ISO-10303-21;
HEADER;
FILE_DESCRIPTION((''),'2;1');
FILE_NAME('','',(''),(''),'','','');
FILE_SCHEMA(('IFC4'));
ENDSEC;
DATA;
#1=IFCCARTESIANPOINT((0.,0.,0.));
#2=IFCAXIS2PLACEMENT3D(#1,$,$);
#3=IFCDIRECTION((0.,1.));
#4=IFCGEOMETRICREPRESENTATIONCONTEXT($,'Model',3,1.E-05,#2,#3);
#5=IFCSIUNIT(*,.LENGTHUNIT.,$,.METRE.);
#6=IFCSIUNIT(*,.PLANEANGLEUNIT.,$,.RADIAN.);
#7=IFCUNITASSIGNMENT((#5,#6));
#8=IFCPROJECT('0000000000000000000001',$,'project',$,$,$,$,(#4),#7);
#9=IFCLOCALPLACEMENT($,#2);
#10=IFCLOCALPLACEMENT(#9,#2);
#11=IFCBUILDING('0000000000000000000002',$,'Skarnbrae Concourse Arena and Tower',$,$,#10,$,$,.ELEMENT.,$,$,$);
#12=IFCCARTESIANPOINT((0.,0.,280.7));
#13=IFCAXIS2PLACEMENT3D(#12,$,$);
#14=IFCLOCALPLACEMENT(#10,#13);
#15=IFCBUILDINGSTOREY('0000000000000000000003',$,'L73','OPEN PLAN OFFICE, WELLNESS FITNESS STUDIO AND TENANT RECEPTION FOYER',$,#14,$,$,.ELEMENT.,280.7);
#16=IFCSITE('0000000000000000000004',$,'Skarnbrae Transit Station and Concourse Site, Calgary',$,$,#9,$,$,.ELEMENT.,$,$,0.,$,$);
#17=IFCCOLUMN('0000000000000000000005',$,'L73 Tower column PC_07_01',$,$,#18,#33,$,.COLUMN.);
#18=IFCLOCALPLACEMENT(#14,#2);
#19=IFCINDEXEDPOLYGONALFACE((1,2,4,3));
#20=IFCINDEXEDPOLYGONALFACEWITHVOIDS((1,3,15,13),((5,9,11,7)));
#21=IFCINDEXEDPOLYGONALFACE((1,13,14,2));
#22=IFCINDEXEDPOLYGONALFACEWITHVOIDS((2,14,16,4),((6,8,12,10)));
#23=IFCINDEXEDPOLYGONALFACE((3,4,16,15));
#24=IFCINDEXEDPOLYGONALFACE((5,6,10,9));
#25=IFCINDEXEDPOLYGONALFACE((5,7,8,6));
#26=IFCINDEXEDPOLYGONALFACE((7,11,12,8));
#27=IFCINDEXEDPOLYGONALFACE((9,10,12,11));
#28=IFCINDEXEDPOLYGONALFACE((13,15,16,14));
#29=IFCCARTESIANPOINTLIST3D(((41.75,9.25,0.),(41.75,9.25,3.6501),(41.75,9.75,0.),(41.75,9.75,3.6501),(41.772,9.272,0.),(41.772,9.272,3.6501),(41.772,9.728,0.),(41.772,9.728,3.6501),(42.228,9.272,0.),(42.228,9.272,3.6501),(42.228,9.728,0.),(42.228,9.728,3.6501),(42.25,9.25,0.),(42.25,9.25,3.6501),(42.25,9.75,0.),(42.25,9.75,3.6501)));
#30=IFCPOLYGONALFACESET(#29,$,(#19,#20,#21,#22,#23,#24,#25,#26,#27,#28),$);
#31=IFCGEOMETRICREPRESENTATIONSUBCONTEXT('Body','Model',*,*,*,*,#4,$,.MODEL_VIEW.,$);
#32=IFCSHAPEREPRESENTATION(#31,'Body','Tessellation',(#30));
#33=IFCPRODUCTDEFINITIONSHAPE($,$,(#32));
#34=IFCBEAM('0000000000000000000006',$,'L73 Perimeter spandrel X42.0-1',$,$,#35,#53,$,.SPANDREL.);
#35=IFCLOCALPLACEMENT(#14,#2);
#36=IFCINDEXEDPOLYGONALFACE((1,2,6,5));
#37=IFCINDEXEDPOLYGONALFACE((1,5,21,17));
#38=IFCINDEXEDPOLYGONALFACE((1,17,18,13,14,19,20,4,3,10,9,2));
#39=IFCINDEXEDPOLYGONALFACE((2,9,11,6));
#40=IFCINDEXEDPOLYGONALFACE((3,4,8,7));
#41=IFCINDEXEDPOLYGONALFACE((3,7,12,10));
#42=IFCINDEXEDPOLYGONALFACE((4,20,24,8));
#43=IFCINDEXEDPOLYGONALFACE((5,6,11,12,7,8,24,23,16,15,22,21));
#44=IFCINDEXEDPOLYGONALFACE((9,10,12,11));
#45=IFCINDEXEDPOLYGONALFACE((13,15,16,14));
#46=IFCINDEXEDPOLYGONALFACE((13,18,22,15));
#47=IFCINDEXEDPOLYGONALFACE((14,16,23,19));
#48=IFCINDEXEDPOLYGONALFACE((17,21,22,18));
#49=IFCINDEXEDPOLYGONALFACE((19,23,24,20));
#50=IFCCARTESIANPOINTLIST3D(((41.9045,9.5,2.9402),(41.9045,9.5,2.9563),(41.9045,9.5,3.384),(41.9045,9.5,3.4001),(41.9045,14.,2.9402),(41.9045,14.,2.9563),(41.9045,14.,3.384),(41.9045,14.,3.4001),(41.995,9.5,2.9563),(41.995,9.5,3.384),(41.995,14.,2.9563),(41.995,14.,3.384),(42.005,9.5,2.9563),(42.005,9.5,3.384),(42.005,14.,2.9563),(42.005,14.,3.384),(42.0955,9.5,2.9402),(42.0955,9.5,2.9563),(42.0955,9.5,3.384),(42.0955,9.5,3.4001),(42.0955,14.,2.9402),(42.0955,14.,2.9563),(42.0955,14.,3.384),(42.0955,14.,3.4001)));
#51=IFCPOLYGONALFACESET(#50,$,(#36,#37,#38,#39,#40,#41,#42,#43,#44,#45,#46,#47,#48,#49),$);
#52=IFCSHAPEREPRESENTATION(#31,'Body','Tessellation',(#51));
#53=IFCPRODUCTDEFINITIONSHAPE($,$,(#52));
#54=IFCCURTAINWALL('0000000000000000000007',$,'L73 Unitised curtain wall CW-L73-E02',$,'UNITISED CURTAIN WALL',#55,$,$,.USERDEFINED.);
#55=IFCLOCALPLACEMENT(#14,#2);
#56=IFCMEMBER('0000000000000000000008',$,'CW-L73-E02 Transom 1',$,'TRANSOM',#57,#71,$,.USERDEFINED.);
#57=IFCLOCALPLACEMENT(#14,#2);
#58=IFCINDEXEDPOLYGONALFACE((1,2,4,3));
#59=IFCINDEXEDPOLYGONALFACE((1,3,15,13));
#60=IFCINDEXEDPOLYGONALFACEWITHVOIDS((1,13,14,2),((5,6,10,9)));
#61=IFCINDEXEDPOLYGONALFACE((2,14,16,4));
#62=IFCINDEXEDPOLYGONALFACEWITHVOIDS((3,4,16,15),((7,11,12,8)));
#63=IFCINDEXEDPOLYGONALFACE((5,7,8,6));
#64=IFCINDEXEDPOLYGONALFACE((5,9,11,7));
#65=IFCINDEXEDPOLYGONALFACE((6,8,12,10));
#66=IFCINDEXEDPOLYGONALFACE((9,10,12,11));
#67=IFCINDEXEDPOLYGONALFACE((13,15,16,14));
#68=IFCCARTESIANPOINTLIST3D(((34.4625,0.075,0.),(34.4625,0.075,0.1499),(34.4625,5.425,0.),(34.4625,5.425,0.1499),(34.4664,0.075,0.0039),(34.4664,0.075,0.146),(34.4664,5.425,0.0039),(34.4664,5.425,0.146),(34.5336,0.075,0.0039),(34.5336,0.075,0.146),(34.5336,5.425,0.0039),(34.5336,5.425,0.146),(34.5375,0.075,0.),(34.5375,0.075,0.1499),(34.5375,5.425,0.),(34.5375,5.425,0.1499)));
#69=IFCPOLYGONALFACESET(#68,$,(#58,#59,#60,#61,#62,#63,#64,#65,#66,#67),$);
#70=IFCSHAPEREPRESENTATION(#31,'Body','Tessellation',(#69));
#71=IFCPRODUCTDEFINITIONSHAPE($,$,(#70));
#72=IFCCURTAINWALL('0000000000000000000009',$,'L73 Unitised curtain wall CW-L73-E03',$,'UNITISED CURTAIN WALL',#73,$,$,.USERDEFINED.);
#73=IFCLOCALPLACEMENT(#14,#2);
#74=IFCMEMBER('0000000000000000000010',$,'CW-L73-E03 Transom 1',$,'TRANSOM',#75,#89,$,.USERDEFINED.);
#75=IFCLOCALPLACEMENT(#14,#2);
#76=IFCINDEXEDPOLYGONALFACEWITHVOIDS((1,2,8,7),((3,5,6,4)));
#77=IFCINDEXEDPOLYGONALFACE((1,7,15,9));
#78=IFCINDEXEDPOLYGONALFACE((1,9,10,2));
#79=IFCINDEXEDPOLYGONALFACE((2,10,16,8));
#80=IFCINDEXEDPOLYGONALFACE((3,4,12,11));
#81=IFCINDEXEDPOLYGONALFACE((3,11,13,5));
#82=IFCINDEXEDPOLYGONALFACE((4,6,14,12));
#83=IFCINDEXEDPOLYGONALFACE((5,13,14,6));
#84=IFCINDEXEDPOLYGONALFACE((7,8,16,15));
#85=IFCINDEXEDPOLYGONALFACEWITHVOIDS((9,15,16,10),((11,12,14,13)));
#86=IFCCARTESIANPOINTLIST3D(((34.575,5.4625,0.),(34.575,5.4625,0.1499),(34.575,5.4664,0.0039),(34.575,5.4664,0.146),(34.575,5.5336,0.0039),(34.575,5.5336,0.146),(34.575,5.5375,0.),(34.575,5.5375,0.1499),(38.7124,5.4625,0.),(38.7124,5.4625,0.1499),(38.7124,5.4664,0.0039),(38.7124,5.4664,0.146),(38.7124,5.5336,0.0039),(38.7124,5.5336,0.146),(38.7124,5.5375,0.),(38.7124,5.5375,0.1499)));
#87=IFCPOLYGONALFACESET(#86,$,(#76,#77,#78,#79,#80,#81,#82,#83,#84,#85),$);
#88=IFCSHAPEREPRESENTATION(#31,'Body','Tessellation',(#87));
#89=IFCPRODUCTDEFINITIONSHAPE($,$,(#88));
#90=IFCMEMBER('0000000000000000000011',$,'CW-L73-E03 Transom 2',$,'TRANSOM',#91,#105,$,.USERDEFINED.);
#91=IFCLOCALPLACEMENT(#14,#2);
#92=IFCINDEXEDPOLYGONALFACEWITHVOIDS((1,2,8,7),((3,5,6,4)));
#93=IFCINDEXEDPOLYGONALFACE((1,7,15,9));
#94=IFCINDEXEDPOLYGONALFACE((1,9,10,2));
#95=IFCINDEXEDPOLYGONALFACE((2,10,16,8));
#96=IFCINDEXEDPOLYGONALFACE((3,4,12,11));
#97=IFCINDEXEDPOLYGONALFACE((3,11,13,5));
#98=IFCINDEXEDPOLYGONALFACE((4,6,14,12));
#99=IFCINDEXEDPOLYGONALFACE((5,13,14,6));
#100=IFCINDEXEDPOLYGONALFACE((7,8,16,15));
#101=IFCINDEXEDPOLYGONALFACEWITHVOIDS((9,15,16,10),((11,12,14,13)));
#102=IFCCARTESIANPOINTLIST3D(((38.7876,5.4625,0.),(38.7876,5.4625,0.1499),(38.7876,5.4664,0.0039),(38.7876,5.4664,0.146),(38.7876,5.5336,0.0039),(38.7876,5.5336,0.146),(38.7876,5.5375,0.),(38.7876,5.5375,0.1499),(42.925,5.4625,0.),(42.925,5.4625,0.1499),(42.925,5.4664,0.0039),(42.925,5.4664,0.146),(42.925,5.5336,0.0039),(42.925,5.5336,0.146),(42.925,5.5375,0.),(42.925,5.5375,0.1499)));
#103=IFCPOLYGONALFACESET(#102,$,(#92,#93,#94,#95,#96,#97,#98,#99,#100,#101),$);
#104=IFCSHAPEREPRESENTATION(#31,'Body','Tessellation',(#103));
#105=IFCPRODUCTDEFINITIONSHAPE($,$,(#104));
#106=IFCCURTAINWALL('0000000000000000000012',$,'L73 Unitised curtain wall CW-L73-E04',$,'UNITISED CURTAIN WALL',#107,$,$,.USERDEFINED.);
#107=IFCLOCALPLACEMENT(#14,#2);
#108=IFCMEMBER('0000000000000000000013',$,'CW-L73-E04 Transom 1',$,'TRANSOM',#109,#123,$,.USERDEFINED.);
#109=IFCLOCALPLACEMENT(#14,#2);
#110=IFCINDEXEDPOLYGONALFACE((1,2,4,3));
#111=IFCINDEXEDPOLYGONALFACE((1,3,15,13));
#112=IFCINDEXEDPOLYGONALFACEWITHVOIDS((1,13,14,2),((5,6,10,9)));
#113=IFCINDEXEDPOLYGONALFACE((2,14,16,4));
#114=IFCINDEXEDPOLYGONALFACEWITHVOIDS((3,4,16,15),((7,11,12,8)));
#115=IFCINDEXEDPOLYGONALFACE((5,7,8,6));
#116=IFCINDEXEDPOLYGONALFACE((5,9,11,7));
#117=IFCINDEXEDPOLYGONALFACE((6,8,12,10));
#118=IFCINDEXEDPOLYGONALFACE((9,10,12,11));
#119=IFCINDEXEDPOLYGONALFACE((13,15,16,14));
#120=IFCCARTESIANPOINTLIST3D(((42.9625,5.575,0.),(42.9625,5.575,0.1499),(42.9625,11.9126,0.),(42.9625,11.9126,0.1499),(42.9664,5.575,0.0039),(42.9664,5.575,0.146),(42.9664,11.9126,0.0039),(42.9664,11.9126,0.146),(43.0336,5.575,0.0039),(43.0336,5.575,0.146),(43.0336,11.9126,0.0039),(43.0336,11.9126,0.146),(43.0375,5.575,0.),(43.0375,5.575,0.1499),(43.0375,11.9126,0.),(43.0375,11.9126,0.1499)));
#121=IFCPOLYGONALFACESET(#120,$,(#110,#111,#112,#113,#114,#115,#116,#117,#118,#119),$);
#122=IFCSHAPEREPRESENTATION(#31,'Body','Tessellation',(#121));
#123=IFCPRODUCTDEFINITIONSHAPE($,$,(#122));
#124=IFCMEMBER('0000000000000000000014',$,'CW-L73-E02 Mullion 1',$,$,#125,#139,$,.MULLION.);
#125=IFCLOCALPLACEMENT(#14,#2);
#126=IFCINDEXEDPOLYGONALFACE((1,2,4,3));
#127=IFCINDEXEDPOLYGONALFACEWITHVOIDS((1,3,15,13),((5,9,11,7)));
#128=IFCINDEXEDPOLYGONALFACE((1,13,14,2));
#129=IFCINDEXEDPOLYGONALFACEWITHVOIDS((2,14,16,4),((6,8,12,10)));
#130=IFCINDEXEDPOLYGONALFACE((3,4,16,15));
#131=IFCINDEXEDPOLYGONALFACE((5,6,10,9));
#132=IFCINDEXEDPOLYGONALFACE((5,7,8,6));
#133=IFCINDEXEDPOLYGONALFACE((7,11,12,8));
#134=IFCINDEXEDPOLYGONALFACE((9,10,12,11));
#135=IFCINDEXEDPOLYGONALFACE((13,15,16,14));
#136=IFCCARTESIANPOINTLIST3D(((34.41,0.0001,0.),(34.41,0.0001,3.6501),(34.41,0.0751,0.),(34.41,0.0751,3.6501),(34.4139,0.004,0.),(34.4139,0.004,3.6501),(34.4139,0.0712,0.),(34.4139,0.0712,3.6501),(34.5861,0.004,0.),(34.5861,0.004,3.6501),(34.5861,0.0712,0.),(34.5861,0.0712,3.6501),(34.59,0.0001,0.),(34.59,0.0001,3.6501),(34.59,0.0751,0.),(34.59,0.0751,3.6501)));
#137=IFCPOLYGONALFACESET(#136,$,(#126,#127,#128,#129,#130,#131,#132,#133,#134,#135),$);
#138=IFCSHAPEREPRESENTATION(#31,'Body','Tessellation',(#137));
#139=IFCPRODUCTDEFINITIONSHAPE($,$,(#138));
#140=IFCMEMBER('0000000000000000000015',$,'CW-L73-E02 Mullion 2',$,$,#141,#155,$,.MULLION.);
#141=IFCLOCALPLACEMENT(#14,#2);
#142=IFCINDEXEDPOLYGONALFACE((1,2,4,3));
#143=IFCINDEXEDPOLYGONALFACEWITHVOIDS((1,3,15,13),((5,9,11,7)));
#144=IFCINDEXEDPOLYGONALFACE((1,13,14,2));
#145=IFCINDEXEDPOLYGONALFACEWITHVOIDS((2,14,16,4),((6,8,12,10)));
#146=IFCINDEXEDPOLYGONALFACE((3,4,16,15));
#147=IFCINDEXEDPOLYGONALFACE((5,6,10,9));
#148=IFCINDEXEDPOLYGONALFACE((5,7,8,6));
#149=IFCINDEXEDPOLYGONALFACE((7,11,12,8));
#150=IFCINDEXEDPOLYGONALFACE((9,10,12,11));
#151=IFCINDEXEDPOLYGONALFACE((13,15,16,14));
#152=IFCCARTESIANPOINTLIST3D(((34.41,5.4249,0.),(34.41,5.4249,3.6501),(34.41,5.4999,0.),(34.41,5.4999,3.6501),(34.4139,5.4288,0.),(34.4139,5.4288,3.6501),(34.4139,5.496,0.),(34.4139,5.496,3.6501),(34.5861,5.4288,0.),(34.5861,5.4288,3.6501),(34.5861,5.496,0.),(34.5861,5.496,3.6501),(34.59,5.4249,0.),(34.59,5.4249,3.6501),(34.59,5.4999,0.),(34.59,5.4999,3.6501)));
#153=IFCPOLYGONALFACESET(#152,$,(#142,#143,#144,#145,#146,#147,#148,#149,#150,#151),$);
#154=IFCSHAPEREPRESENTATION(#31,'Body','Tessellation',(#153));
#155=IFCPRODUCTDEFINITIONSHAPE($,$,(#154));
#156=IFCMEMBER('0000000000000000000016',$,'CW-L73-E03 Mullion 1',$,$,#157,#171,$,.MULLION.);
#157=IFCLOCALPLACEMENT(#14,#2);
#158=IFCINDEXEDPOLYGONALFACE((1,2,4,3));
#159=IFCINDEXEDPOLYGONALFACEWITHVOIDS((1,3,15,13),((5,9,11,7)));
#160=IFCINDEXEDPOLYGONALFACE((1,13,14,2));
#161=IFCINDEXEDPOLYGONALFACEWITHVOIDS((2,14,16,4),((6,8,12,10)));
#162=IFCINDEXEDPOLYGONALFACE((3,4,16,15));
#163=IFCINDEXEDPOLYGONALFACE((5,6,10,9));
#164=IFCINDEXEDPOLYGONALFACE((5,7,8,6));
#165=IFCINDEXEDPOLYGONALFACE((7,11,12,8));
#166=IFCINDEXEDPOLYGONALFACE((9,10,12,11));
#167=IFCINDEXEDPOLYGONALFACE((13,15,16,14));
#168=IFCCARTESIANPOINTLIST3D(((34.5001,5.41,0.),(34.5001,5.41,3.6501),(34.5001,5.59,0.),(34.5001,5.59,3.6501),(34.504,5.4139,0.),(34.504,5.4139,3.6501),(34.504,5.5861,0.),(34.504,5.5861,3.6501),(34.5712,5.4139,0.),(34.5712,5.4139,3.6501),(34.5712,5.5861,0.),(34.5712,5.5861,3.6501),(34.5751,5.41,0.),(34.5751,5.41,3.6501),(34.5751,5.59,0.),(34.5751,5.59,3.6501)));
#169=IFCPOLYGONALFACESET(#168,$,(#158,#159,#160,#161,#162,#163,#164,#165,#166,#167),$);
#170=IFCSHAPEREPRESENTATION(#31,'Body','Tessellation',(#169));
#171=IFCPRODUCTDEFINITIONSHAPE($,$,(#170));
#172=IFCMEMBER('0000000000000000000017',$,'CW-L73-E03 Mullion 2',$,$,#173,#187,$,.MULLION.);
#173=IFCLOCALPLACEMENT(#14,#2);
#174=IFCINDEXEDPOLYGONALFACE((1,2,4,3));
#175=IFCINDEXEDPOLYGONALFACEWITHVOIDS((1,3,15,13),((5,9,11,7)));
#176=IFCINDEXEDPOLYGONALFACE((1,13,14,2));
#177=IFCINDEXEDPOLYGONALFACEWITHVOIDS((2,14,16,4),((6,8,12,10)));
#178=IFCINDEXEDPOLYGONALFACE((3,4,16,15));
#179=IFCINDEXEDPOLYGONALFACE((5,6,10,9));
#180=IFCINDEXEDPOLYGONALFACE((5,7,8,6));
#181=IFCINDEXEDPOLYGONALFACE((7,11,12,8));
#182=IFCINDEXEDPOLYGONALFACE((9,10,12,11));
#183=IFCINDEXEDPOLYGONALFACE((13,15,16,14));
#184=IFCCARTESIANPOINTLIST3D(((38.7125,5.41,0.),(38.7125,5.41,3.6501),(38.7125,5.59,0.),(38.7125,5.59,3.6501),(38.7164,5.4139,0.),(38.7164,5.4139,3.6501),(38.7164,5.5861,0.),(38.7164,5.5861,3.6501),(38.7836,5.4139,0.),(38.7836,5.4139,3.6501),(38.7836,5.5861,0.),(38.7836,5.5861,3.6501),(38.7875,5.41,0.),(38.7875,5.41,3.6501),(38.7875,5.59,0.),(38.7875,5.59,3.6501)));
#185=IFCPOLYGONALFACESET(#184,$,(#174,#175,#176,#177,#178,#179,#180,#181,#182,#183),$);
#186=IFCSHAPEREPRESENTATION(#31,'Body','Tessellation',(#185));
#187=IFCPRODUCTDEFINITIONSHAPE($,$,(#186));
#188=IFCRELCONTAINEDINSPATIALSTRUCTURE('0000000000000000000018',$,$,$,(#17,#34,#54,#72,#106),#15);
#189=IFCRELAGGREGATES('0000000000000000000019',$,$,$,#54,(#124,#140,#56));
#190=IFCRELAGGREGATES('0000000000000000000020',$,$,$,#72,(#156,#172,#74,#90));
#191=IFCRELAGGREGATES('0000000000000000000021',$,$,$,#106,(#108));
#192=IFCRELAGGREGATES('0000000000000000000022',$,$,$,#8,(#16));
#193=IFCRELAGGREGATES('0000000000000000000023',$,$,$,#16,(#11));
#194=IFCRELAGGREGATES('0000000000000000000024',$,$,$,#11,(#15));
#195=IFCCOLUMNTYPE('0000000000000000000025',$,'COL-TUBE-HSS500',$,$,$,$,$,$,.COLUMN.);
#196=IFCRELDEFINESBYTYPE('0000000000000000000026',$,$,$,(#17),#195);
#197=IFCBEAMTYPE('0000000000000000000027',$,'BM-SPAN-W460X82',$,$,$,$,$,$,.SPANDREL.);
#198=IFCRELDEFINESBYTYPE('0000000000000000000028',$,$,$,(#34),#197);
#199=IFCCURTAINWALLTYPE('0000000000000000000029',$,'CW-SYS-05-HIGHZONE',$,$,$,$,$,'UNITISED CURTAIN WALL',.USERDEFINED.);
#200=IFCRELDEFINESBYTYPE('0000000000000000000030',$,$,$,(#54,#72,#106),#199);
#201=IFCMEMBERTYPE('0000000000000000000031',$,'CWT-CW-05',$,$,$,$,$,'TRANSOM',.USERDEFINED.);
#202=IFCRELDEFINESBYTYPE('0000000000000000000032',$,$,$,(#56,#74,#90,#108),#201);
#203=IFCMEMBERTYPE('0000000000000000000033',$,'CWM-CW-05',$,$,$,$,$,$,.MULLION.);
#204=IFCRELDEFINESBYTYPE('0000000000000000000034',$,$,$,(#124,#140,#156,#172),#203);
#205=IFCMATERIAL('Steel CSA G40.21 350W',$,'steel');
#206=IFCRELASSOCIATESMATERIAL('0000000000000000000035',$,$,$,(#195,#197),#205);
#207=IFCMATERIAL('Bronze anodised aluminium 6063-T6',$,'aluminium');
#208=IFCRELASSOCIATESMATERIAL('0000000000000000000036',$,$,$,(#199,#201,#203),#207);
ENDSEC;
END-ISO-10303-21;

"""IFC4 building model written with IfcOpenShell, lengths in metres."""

from ifc_helpers import new_model, si_unit, direction, frame, origin, origin_2d, place, context, subcontext, project, spatial, hollow_rectangle, i_section, extrude, source, transform, mapped, material, material_profile, profile_set, type_object, element, aggregate, save


model = new_model("IFC4")

# Units and contexts
model_context = context("Model", 3, precision=1e-05, world=origin(), true_north=direction((0.0, 1.0)))
body_context = subcontext(model_context, "Body", "Model", "MODEL_VIEW")
ifc_project = project(units=[si_unit("LENGTHUNIT", "METRE"), si_unit("PLANEANGLEUNIT", "RADIAN")], contexts=[model_context])

# Site, building, storey
site_placement = place(None, origin())
site = spatial("IfcSite", under=ifc_project, at=site_placement, Name="Skarnbrae Transit Station and Concourse Site, Calgary", CompositionType="ELEMENT", RefElevation=0.0)
building_placement = place(site_placement, origin())
building = spatial("IfcBuilding", under=site, at=building_placement, Name="Skarnbrae Concourse Arena and Tower", CompositionType="ELEMENT")
storey_placement = place(building_placement, frame((0.0, 0.0, 280.7)))
storey = spatial("IfcBuildingStorey", under=building, at=storey_placement, Name="L73", Description="OPEN PLAN OFFICE, WELLNESS FITNESS STUDIO AND TENANT RECEPTION FOYER", CompositionType="ELEMENT", Elevation=280.7)

# Column
ifc_material_1 = material(Name="Steel CSA G40.21 350W", Category="steel")
ifc_material_profile_1 = material_profile(ifc_material_1, hollow_rectangle(XDim=0.5, YDim=0.5, WallThickness=0.022, at=origin_2d()), Name="HSS500X500X22.0")
ifc_profile_set_1 = profile_set([ifc_material_profile_1], Name="Steel CSA G40.21 350W")
column_type = type_object("IfcColumnType", Name="COL-TUBE-HSS500", PredefinedType="COLUMN", material=ifc_profile_set_1)
shared_shape_1 = source(origin(), body_context, "Body", "SweptSolid", [
    extrude(hollow_rectangle(XDim=0.5, YDim=0.5, WallThickness=0.022, at=origin_2d()), origin(), (0.0, 0.0, 1.0), 3.6501),
])
column_placement = place(storey_placement, frame((42.0, 9.5, 0.0), z_axis=(0.0, 0.0, 1.0), x_axis=(1.0, 0.0, 0.0)))
element("IfcColumn", 1, at=column_placement, inside=storey, type_object=column_type, Name="L73 Tower column PC_07_01", PredefinedType="COLUMN", context=body_context, shape_type="MappedRepresentation", body=[
    mapped(shared_shape_1, transform((0.0, 0.0, 0.0))),
])

# Beam
ifc_material_profile_2 = material_profile(ifc_material_1, i_section(OverallWidth=0.1909, OverallDepth=0.46, WebThickness=0.01, FlangeThickness=0.0161, at=origin_2d()), Name="W460X82")
ifc_profile_set_2 = profile_set([ifc_material_profile_2], Name="Steel CSA G40.21 350W")
beam_type = type_object("IfcBeamType", Name="BM-SPAN-W460X82", PredefinedType="SPANDREL", material=ifc_profile_set_2)
shared_shape_2 = source(origin(), body_context, "Body", "SweptSolid", [
    extrude(i_section(OverallWidth=0.1909, OverallDepth=0.46, WebThickness=0.01, FlangeThickness=0.0161, at=origin_2d()), origin(), (0.0, 0.0, 1.0), 4.5),
])
beam_placement = place(storey_placement, frame((42.0, 9.5, 3.1702), z_axis=(0.0, 1.0, 0.0), x_axis=(-1.0, 0.0, 0.0)))
element("IfcBeam", 2, at=beam_placement, inside=storey, type_object=beam_type, Name="L73 Perimeter spandrel X42.0-1", PredefinedType="SPANDREL", context=body_context, shape_type="MappedRepresentation", body=[
    mapped(shared_shape_2, transform((0.0, 0.0, 0.0))),
])

# Curtain wall, member
ifc_material_2 = material(Name="Bronze anodised aluminium 6063-T6", Category="aluminium")
curtain_wall_type = type_object("IfcCurtainWallType", Name="CW-SYS-05-HIGHZONE", ElementType="UNITISED CURTAIN WALL", PredefinedType="USERDEFINED", material=ifc_material_2)
curtain_wall_1_placement = place(storey_placement, origin())
curtain_wall_1 = element("IfcCurtainWall", 3, at=curtain_wall_1_placement, inside=storey, type_object=curtain_wall_type, Name="L73 Unitised curtain wall CW-L73-E02", ObjectType="UNITISED CURTAIN WALL", PredefinedType="USERDEFINED")
ifc_material_profile_3 = material_profile(ifc_material_2, hollow_rectangle(XDim=0.075, YDim=0.1499, WallThickness=0.0039, at=origin_2d()), Name="ALU-TRAN-75X150")
ifc_profile_set_3 = profile_set([ifc_material_profile_3], Name="Bronze anodised aluminium 6063-T6")
member_type_1 = type_object("IfcMemberType", Name="CWT-CW-05", ElementType="TRANSOM", PredefinedType="USERDEFINED", material=ifc_profile_set_3)
shared_shape_3 = source(origin(), body_context, "Body", "SweptSolid", [
    extrude(hollow_rectangle(XDim=0.075, YDim=0.1499, WallThickness=0.0039, at=origin_2d()), origin(), (0.0, 0.0, 1.0), 5.3501),
])
member_1_placement = place(storey_placement, frame((34.5, 0.075, 0.075), z_axis=(0.0, 1.0, 0.0), x_axis=(-1.0, 0.0, 0.0)))
member_1 = element("IfcMember", 4, at=member_1_placement, type_object=member_type_1, Name="CW-L73-E02 Transom 1", ObjectType="TRANSOM", PredefinedType="USERDEFINED", context=body_context, shape_type="MappedRepresentation", body=[
    mapped(shared_shape_3, transform((0.0, 0.0, 0.0))),
])

# Curtain wall, members
curtain_wall_2_placement = place(storey_placement, origin())
curtain_wall_2 = element("IfcCurtainWall", 5, at=curtain_wall_2_placement, inside=storey, type_object=curtain_wall_type, Name="L73 Unitised curtain wall CW-L73-E03", ObjectType="UNITISED CURTAIN WALL", PredefinedType="USERDEFINED")
shared_shape_4 = source(origin(), body_context, "Body", "SweptSolid", [
    extrude(hollow_rectangle(XDim=0.075, YDim=0.1499, WallThickness=0.0039, at=origin_2d()), origin(), (0.0, 0.0, 1.0), 4.1375),
])
member_2_placement = place(storey_placement, frame((34.575, 5.5, 0.075), z_axis=(1.0, 0.0, 0.0), x_axis=(0.0, 1.0, 0.0)))
member_2 = element("IfcMember", 6, at=member_2_placement, type_object=member_type_1, Name="CW-L73-E03 Transom 1", ObjectType="TRANSOM", PredefinedType="USERDEFINED", context=body_context, shape_type="MappedRepresentation", body=[
    mapped(shared_shape_4, transform((0.0, 0.0, 0.0))),
])
member_3_placement = place(storey_placement, frame((38.7876, 5.5, 0.075), z_axis=(1.0, 0.0, 0.0), x_axis=(0.0, 1.0, 0.0)))
member_3 = element("IfcMember", 7, at=member_3_placement, type_object=member_type_1, Name="CW-L73-E03 Transom 2", ObjectType="TRANSOM", PredefinedType="USERDEFINED", context=body_context, shape_type="MappedRepresentation", body=[
    mapped(shared_shape_4, transform((0.0, 0.0, 0.0))),
])

# Curtain wall, member
curtain_wall_3_placement = place(storey_placement, origin())
curtain_wall_3 = element("IfcCurtainWall", 8, at=curtain_wall_3_placement, inside=storey, type_object=curtain_wall_type, Name="L73 Unitised curtain wall CW-L73-E04", ObjectType="UNITISED CURTAIN WALL", PredefinedType="USERDEFINED")
shared_shape_5 = source(origin(), body_context, "Body", "SweptSolid", [
    extrude(hollow_rectangle(XDim=0.075, YDim=0.1499, WallThickness=0.0039, at=origin_2d()), origin(), (0.0, 0.0, 1.0), 6.3376),
])
member_4_placement = place(storey_placement, frame((43.0, 5.575, 0.075), z_axis=(0.0, 1.0, 0.0), x_axis=(-1.0, 0.0, 0.0)))
member_4 = element("IfcMember", 9, at=member_4_placement, type_object=member_type_1, Name="CW-L73-E04 Transom 1", ObjectType="TRANSOM", PredefinedType="USERDEFINED", context=body_context, shape_type="MappedRepresentation", body=[
    mapped(shared_shape_5, transform((0.0, 0.0, 0.0))),
])

# Members
ifc_material_profile_4 = material_profile(ifc_material_2, hollow_rectangle(XDim=0.075, YDim=0.1799, WallThickness=0.0039, at=origin_2d()), Name="ALU-MULL-75X180")
ifc_profile_set_4 = profile_set([ifc_material_profile_4], Name="Bronze anodised aluminium 6063-T6")
member_type_2 = type_object("IfcMemberType", Name="CWM-CW-05", PredefinedType="MULLION", material=ifc_profile_set_4)
shared_shape_6 = source(origin(), body_context, "Body", "SweptSolid", [
    extrude(hollow_rectangle(XDim=0.075, YDim=0.1799, WallThickness=0.0039, at=origin_2d()), origin(), (0.0, 0.0, 1.0), 3.6501),
])
member_5_placement = place(storey_placement, frame((34.5, 0.0376, 0.0), z_axis=(0.0, 0.0, 1.0), x_axis=(0.0, 1.0, 0.0)))
member_5 = element("IfcMember", 10, at=member_5_placement, type_object=member_type_2, Name="CW-L73-E02 Mullion 1", PredefinedType="MULLION", context=body_context, shape_type="MappedRepresentation", body=[
    mapped(shared_shape_6, transform((0.0, 0.0, 0.0))),
])
member_6_placement = place(storey_placement, frame((34.5, 5.4624, 0.0), z_axis=(0.0, 0.0, 1.0), x_axis=(0.0, 1.0, 0.0)))
member_6 = element("IfcMember", 11, at=member_6_placement, type_object=member_type_2, Name="CW-L73-E02 Mullion 2", PredefinedType="MULLION", context=body_context, shape_type="MappedRepresentation", body=[
    mapped(shared_shape_6, transform((0.0, 0.0, 0.0))),
])
member_7_placement = place(storey_placement, frame((34.5376, 5.5, 0.0), z_axis=(0.0, 0.0, 1.0), x_axis=(1.0, 0.0, 0.0)))
member_7 = element("IfcMember", 12, at=member_7_placement, type_object=member_type_2, Name="CW-L73-E03 Mullion 1", PredefinedType="MULLION", context=body_context, shape_type="MappedRepresentation", body=[
    mapped(shared_shape_6, transform((0.0, 0.0, 0.0))),
])
member_8_placement = place(storey_placement, frame((38.75, 5.5, 0.0), z_axis=(0.0, 0.0, 1.0), x_axis=(1.0, 0.0, 0.0)))
member_8 = element("IfcMember", 13, at=member_8_placement, type_object=member_type_2, Name="CW-L73-E03 Mullion 2", PredefinedType="MULLION", context=body_context, shape_type="MappedRepresentation", body=[
    mapped(shared_shape_6, transform((0.0, 0.0, 0.0))),
])

aggregate(curtain_wall_1, [member_5, member_6, member_1])
aggregate(curtain_wall_2, [member_7, member_8, member_2, member_3])
aggregate(curtain_wall_3, [member_4])

save(model, "model.ifc")
